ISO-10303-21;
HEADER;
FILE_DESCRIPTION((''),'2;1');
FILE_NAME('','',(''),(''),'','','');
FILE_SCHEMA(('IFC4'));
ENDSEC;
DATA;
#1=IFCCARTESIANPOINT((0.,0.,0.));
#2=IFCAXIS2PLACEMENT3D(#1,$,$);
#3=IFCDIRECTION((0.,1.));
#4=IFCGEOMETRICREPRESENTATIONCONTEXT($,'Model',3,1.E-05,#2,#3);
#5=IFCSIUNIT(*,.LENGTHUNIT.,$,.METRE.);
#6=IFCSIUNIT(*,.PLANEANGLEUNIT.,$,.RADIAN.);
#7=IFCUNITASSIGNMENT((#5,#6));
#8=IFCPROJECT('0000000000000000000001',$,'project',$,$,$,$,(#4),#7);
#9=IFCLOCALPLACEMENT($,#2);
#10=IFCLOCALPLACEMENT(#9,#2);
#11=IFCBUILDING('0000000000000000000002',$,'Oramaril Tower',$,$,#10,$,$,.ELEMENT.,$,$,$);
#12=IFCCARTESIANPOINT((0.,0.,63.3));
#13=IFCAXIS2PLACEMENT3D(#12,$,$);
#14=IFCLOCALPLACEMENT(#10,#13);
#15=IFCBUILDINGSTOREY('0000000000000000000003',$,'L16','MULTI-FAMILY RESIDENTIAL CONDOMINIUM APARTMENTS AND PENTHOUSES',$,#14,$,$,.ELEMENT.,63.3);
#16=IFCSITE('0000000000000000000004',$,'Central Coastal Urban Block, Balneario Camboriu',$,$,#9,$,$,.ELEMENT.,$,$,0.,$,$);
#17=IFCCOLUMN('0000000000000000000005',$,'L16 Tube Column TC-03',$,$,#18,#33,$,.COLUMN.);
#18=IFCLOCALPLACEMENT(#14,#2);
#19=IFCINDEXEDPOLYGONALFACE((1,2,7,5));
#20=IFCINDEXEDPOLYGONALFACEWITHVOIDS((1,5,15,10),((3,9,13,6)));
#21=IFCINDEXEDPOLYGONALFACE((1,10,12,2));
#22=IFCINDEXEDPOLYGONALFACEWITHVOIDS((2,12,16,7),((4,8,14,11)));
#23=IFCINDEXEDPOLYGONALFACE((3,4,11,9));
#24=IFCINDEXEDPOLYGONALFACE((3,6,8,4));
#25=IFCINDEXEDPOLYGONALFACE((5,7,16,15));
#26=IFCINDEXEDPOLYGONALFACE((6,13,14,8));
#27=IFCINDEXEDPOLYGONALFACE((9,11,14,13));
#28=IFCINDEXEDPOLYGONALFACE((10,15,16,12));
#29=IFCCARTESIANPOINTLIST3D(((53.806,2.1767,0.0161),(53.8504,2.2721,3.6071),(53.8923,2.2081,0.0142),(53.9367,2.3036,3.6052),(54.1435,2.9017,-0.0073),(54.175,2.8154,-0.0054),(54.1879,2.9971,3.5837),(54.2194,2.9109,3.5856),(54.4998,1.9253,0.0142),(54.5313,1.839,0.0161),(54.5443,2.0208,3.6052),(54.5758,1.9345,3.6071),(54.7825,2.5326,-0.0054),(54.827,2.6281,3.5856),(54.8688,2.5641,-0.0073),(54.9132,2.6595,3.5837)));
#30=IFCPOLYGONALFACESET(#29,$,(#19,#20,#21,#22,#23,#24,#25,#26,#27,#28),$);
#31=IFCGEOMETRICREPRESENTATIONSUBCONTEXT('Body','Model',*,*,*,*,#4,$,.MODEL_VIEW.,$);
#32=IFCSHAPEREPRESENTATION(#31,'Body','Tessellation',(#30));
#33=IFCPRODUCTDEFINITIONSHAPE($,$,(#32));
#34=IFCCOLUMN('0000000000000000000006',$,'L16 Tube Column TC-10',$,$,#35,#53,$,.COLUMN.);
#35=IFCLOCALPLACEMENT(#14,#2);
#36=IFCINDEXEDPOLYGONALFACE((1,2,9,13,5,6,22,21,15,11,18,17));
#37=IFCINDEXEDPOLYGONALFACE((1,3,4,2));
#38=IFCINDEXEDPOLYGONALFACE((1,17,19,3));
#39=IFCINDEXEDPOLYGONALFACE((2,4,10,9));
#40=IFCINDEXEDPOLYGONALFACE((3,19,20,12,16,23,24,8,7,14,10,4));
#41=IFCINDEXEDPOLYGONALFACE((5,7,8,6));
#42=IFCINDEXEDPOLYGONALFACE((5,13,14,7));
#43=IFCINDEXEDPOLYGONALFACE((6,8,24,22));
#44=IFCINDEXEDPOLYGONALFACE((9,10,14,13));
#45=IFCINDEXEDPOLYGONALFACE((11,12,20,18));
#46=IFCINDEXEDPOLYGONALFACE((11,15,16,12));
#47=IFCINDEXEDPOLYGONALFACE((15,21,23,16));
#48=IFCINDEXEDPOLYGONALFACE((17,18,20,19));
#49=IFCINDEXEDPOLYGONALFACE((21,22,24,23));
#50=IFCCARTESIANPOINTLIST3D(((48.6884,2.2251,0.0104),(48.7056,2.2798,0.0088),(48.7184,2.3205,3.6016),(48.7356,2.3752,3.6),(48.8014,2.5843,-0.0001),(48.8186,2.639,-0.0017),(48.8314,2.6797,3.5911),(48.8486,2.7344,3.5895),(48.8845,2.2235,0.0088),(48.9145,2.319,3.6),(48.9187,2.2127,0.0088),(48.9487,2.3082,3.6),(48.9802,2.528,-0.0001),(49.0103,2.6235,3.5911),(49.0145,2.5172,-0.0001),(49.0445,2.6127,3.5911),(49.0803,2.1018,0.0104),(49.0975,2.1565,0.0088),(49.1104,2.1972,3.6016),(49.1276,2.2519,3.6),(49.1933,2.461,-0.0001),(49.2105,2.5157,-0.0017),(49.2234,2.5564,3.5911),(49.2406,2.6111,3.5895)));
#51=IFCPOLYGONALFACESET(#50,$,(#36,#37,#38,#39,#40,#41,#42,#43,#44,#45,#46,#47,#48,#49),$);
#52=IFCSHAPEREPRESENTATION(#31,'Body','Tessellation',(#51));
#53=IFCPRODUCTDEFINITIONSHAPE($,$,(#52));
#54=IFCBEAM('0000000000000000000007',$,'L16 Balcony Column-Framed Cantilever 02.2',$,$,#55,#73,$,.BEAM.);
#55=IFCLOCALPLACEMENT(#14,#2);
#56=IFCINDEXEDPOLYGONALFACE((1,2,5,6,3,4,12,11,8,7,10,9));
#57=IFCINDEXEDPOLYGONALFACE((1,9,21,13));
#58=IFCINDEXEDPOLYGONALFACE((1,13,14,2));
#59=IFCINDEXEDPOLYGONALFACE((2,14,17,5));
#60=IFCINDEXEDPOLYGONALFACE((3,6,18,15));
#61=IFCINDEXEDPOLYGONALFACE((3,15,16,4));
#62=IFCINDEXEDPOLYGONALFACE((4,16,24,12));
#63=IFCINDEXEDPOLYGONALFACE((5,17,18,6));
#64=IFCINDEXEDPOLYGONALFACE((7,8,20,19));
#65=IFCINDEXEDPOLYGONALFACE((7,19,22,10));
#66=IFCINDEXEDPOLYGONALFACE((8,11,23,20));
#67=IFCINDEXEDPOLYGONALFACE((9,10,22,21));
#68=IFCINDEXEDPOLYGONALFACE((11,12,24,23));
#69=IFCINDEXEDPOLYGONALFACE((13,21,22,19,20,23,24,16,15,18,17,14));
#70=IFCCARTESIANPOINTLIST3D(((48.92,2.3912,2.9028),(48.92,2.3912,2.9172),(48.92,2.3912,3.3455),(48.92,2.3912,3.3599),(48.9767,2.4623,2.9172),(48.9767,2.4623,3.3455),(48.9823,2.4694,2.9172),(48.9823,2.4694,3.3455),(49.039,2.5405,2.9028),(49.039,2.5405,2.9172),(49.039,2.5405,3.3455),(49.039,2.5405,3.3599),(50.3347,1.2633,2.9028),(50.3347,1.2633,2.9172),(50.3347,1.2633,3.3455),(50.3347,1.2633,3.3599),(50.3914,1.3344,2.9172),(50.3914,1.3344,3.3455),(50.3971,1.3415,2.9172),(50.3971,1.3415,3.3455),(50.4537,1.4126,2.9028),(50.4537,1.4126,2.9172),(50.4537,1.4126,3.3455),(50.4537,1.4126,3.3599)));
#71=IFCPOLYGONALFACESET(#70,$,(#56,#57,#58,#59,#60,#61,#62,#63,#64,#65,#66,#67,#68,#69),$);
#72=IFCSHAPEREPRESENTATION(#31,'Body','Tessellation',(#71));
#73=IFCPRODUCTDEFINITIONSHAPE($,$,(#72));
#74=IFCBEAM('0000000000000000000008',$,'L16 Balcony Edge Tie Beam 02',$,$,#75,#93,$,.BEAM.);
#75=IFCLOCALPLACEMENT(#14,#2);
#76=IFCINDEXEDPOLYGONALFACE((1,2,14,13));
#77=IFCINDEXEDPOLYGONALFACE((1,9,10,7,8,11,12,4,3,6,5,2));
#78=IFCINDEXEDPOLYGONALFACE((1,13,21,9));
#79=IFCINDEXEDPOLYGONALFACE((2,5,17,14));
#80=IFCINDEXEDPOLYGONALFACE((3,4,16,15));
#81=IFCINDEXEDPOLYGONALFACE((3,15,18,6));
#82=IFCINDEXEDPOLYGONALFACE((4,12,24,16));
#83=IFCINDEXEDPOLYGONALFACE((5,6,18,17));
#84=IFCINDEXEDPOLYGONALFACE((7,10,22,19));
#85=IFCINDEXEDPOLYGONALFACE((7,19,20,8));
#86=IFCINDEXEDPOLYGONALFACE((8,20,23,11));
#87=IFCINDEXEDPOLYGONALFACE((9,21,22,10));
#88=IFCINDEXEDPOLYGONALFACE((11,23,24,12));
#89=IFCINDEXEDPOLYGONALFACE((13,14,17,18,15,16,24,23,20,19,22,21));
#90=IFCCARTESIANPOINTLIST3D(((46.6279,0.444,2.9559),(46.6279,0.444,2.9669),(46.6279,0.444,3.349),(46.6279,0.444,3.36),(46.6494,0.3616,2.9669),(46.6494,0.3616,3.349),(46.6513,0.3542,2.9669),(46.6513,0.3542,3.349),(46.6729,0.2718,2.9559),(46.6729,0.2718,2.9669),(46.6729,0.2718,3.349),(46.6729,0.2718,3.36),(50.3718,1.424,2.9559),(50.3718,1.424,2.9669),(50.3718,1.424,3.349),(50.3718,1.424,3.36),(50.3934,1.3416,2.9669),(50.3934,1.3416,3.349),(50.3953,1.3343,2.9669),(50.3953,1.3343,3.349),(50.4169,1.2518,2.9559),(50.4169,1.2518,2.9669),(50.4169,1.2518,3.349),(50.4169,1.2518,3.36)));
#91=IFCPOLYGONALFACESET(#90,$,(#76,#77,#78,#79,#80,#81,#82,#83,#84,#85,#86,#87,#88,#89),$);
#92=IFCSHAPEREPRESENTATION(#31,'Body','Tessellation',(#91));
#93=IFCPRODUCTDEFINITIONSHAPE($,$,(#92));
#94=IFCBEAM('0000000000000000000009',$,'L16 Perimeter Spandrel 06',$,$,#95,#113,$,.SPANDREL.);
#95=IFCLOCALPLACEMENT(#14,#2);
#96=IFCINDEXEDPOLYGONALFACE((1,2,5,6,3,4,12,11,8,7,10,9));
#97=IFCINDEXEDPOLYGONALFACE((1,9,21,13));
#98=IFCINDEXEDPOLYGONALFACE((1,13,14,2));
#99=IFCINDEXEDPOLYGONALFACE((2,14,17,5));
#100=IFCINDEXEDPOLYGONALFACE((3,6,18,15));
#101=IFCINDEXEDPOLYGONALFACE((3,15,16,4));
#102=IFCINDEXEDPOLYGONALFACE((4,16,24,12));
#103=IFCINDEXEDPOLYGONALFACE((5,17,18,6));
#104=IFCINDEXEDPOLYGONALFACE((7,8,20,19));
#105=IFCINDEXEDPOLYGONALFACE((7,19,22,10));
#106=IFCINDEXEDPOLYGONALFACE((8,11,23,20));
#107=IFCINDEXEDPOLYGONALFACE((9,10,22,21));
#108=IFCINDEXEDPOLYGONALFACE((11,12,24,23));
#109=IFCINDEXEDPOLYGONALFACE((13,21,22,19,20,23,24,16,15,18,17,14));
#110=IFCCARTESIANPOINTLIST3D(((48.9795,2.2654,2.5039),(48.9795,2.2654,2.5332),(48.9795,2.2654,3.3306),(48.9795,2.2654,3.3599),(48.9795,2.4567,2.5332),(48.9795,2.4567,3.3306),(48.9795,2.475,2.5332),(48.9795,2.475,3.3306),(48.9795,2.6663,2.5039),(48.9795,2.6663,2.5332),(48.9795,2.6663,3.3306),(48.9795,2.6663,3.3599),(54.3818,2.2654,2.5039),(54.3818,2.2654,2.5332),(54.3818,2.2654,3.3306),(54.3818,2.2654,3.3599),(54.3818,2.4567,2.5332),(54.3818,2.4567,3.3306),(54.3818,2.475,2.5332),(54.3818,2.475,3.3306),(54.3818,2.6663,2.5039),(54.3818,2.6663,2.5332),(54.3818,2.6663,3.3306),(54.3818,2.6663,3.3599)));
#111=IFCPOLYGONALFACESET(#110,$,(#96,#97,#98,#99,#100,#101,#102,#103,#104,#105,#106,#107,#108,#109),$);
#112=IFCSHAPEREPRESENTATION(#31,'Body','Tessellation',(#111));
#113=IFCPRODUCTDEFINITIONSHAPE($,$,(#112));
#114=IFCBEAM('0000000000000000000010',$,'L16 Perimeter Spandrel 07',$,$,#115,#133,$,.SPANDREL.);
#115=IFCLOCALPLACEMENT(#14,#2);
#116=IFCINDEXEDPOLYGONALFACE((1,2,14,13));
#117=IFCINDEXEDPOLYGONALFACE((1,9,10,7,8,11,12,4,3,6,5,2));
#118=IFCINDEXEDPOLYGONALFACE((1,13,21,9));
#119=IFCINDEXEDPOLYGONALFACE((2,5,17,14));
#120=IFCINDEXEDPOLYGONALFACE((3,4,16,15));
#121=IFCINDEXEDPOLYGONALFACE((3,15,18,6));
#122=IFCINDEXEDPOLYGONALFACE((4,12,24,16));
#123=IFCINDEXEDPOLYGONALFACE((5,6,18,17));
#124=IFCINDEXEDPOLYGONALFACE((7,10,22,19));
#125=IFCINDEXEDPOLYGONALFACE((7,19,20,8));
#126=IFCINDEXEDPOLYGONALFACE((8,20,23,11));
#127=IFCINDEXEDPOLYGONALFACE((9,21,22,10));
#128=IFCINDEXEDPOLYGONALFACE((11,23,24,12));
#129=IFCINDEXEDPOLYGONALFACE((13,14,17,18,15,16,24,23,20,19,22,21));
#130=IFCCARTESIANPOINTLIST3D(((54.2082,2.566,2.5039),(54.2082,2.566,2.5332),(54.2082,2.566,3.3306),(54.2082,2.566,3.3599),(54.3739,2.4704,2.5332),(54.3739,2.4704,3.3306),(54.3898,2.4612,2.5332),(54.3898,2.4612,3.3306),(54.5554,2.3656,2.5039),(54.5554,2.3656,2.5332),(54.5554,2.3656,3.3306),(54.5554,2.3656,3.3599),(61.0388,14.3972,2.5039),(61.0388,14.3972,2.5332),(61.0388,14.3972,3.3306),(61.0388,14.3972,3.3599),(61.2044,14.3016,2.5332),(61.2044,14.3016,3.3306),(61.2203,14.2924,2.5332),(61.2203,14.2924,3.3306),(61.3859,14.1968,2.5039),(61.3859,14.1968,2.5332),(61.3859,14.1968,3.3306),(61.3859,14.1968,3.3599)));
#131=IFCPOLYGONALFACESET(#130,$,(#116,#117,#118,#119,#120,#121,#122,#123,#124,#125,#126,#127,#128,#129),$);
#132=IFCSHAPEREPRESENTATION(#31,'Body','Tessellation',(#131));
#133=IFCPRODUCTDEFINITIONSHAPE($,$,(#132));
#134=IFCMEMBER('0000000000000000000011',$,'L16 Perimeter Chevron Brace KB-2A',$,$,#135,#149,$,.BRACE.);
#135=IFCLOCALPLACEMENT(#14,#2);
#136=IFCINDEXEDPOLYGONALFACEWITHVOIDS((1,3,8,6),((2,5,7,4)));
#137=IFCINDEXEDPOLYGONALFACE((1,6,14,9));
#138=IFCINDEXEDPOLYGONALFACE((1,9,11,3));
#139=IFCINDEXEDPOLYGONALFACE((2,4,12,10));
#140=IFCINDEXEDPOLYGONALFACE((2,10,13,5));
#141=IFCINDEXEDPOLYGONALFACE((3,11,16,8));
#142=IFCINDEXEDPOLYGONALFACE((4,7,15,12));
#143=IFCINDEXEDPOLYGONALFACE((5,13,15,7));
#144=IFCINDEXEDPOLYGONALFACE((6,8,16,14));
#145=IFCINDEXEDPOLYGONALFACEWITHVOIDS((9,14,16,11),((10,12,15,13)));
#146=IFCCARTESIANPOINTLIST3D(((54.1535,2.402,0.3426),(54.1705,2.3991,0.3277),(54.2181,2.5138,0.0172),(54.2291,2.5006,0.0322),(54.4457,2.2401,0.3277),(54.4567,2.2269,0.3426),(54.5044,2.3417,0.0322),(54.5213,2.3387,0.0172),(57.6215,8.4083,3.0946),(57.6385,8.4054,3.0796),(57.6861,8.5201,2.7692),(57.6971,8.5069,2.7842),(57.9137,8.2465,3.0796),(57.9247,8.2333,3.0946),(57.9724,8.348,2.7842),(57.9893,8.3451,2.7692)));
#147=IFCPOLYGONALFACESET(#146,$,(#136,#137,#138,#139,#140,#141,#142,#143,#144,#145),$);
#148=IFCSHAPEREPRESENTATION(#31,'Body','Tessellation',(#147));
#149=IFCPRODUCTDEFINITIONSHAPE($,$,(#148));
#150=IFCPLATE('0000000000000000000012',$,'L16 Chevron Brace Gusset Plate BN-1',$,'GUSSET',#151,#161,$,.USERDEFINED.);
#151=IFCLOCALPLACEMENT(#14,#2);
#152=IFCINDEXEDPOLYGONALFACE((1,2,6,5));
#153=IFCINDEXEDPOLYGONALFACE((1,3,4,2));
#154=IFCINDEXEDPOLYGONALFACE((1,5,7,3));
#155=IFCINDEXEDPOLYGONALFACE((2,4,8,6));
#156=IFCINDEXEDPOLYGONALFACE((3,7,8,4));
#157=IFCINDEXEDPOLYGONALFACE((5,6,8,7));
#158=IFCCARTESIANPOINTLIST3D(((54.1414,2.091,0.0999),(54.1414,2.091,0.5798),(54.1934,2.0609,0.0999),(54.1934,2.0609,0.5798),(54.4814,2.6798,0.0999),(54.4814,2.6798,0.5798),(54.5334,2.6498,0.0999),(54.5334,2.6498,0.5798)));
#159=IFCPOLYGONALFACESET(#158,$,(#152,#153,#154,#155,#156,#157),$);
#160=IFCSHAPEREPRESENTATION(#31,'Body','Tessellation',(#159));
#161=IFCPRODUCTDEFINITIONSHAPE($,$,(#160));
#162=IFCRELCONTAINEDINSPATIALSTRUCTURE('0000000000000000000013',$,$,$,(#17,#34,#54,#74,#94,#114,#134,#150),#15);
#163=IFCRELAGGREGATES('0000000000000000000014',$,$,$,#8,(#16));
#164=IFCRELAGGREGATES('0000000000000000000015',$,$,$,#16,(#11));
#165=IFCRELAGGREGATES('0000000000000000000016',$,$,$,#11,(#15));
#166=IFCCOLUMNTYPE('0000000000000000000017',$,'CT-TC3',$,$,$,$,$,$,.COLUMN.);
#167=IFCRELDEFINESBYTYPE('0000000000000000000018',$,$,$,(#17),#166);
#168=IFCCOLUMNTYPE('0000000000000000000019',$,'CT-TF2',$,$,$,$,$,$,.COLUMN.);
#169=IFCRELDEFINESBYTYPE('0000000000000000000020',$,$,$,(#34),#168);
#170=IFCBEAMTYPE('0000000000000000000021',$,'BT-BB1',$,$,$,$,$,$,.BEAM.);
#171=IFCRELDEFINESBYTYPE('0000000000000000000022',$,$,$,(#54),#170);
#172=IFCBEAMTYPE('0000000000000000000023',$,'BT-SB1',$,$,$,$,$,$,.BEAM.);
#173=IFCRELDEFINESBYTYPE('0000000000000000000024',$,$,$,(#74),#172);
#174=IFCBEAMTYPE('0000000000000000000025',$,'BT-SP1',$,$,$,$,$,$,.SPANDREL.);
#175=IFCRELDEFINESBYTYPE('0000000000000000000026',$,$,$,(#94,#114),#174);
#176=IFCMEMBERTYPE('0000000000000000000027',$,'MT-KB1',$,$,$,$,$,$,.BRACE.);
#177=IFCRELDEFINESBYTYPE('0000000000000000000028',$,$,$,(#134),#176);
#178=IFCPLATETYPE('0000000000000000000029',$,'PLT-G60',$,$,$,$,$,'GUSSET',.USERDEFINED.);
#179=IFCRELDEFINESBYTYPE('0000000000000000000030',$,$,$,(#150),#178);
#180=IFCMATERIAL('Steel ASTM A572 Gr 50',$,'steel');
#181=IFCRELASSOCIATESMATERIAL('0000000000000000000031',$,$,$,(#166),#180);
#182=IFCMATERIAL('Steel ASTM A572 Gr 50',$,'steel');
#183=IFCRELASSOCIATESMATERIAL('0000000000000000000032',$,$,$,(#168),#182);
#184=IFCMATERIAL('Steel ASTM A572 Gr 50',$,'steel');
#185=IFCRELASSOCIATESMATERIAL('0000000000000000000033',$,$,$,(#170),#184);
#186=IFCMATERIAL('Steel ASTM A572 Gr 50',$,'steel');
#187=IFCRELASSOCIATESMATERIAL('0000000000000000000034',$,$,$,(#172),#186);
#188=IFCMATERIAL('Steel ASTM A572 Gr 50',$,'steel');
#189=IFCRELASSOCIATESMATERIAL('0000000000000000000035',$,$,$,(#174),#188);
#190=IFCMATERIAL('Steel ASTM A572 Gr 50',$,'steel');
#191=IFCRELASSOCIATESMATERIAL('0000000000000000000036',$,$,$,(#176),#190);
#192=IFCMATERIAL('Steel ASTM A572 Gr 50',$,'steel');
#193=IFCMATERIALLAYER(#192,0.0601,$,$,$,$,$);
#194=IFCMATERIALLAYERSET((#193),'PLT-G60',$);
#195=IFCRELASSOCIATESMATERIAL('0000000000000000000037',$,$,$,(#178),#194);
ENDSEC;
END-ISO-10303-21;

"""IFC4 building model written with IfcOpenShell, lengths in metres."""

from ifc_helpers import new_model, si_unit, direction, frame, origin, origin_2d, place, context, subcontext, project, spatial, rectangle, hollow_rectangle, i_section, extrude, material, layer, layer_set, material_profile, profile_set, type_object, element, save


model = new_model("IFC4")

# Units and contexts
model_context = context("Model", 3, precision=1e-05, world=origin(), true_north=direction((0.0, 1.0)))
body_context = subcontext(model_context, "Body", "Model", "MODEL_VIEW")
ifc_project = project(units=[si_unit("LENGTHUNIT", "METRE"), si_unit("PLANEANGLEUNIT", "RADIAN")], contexts=[model_context])

# Site, building, storey
site_placement = place(None, origin())
site = spatial("IfcSite", under=ifc_project, at=site_placement, Name="Central Coastal Urban Block, Balneario Camboriu", CompositionType="ELEMENT", RefElevation=0.0)
building_placement = place(site_placement, origin())
building = spatial("IfcBuilding", under=site, at=building_placement, Name="Oramaril Tower", CompositionType="ELEMENT")
storey_placement = place(building_placement, frame((0.0, 0.0, 63.3)))
storey = spatial("IfcBuildingStorey", under=building, at=storey_placement, Name="L16", Description="MULTI-FAMILY RESIDENTIAL CONDOMINIUM APARTMENTS AND PENTHOUSES", CompositionType="ELEMENT", Elevation=63.3)

# Columns
ifc_material_1 = material(Name="Steel ASTM A572 Gr 50", Category="steel")
ifc_material_profile_1 = material_profile(ifc_material_1, hollow_rectangle(XDim=0.8, YDim=0.8, WallThickness=0.0649, at=origin_2d()), Name="BOX800X800X65")
ifc_profile_set_1 = profile_set([ifc_material_profile_1], Name="Steel ASTM A572 Gr 50")
column_type_1 = type_object("IfcColumnType", Name="CT-TC3", PredefinedType="COLUMN", material=ifc_profile_set_1)
column_1_placement = place(storey_placement, frame((54.3374, 2.3704, 0.0044), z_axis=(0.012368, 0.026571, 0.99957), x_axis=(-0.906597, 0.421997, 0.0)))
element("IfcColumn", 1, at=column_1_placement, inside=storey, type_object=column_type_1, Name="L16 Tube Column TC-03", PredefinedType="COLUMN", context=body_context, shape_type="SweptSolid", body=[
    extrude(hollow_rectangle(XDim=0.8, YDim=0.8, WallThickness=0.0649, at=origin_2d()), origin(), (0.0, 0.0, 1.0), 3.5925),
])
ifc_material_2 = material(Name="Steel ASTM A572 Gr 50", Category="steel")
ifc_material_profile_2 = material_profile(ifc_material_2, i_section(OverallWidth=0.4109, OverallDepth=0.4341, WebThickness=0.0359, FlangeThickness=0.0574, at=origin_2d()), Name="W14X311")
ifc_profile_set_2 = profile_set([ifc_material_profile_2], Name="Steel ASTM A572 Gr 50")
column_type_2 = type_object("IfcColumnType", Name="CT-TF2", PredefinedType="COLUMN", material=ifc_profile_set_2)
column_2_placement = place(storey_placement, frame((48.9495, 2.3704, 0.0044), z_axis=(0.008359, 0.026572, 0.999612), x_axis=(-0.953914, 0.30008, 0.0)))
element("IfcColumn", 2, at=column_2_placement, inside=storey, type_object=column_type_2, Name="L16 Tube Column TC-10", PredefinedType="COLUMN", context=body_context, shape_type="SweptSolid", body=[
    extrude(i_section(OverallWidth=0.4109, OverallDepth=0.4341, WebThickness=0.0359, FlangeThickness=0.0574, at=origin_2d()), origin(), (0.0, 0.0, 1.0), 3.5925),
])

# Beams
ifc_material_3 = material(Name="Steel ASTM A572 Gr 50", Category="steel")
ifc_material_profile_3 = material_profile(ifc_material_3, i_section(OverallWidth=0.1909, OverallDepth=0.457, WebThickness=0.009, FlangeThickness=0.0144, at=origin_2d()), Name="W18X50")
ifc_profile_set_3 = profile_set([ifc_material_profile_3], Name="Steel ASTM A572 Gr 50")
beam_type_1 = type_object("IfcBeamType", Name="BT-BB1", PredefinedType="BEAM", material=ifc_profile_set_3)
beam_1_placement = place(storey_placement, frame((48.9795, 2.4658, 3.1313), z_axis=(0.781921, -0.623378, 0.0), x_axis=(0.623378, 0.781921, 0.0)))
element("IfcBeam", 3, at=beam_1_placement, inside=storey, type_object=beam_type_1, Name="L16 Balcony Column-Framed Cantilever 02.2", PredefinedType="BEAM", context=body_context, shape_type="SweptSolid", body=[
    extrude(i_section(OverallWidth=0.1909, OverallDepth=0.457, WebThickness=0.009, FlangeThickness=0.0144, at=origin_2d()), origin(), (0.0, 0.0, 1.0), 1.8093),
])
ifc_material_4 = material(Name="Steel ASTM A572 Gr 50", Category="steel")
ifc_material_profile_4 = material_profile(ifc_material_4, i_section(OverallWidth=0.178, OverallDepth=0.4041, WebThickness=0.0076, FlangeThickness=0.011, at=origin_2d()), Name="W16X36")
ifc_profile_set_4 = profile_set([ifc_material_profile_4], Name="Steel ASTM A572 Gr 50")
beam_type_2 = type_object("IfcBeamType", Name="BT-SB1", PredefinedType="BEAM", material=ifc_profile_set_4)
beam_2_placement = place(storey_placement, frame((46.6504, 0.3579, 3.158), z_axis=(0.967408, 0.253223, 0.0), x_axis=(-0.253223, 0.967408, 0.0)))
element("IfcBeam", 4, at=beam_2_placement, inside=storey, type_object=beam_type_2, Name="L16 Balcony Edge Tie Beam 02", PredefinedType="BEAM", context=body_context, shape_type="SweptSolid", body=[
    extrude(i_section(OverallWidth=0.178, OverallDepth=0.4041, WebThickness=0.0076, FlangeThickness=0.011, at=origin_2d()), origin(), (0.0, 0.0, 1.0), 3.8701),
])
ifc_material_5 = material(Name="Steel ASTM A572 Gr 50", Category="steel")
ifc_material_profile_5 = material_profile(ifc_material_5, i_section(OverallWidth=0.4009, OverallDepth=0.856, WebThickness=0.0183, FlangeThickness=0.0293, at=origin_2d()), Name="W33X201")
ifc_profile_set_5 = profile_set([ifc_material_profile_5], Name="Steel ASTM A572 Gr 50")
beam_type_3 = type_object("IfcBeamType", Name="BT-SP1", PredefinedType="SPANDREL", material=ifc_profile_set_5)
beam_3_placement = place(storey_placement, frame((48.9795, 2.4658, 2.9319), z_axis=(1.0, 0.0, 0.0), x_axis=(0.0, 1.0, 0.0)))
element("IfcBeam", 5, at=beam_3_placement, inside=storey, type_object=beam_type_3, Name="L16 Perimeter Spandrel 06", PredefinedType="SPANDREL", context=body_context, shape_type="SweptSolid", body=[
    extrude(i_section(OverallWidth=0.4009, OverallDepth=0.856, WebThickness=0.0183, FlangeThickness=0.0293, at=origin_2d()), origin(), (0.0, 0.0, 1.0), 5.4023),
])
beam_4_placement = place(storey_placement, frame((54.3818, 2.4658, 2.9319), z_axis=(0.499987, 0.866033, 0.0), x_axis=(-0.866033, 0.499987, 0.0)))
element("IfcBeam", 6, at=beam_4_placement, inside=storey, type_object=beam_type_3, Name="L16 Perimeter Spandrel 07", PredefinedType="SPANDREL", context=body_context, shape_type="SweptSolid", body=[
    extrude(i_section(OverallWidth=0.4009, OverallDepth=0.856, WebThickness=0.0183, FlangeThickness=0.0293, at=origin_2d()), origin(), (0.0, 0.0, 1.0), 13.6614),
])

# Member
ifc_material_6 = material(Name="Steel ASTM A572 Gr 50", Category="steel")
ifc_material_profile_6 = material_profile(ifc_material_6, hollow_rectangle(XDim=0.3501, YDim=0.3501, WallThickness=0.0161, at=origin_2d()), Name="HSS350X350X16")
ifc_profile_set_6 = profile_set([ifc_material_profile_6], Name="Steel ASTM A572 Gr 50")
member_type = type_object("IfcMemberType", Name="MT-KB1", PredefinedType="BRACE", material=ifc_profile_set_6)
member_placement = place(storey_placement, frame((54.3374, 2.3704, 0.1799), z_axis=(0.464777, 0.80496, 0.368812), x_axis=(-0.86601, 0.500027, 0.0)))
element("IfcMember", 7, at=member_placement, inside=storey, type_object=member_type, Name="L16 Perimeter Chevron Brace KB-2A", PredefinedType="BRACE", context=body_context, shape_type="SweptSolid", body=[
    extrude(hollow_rectangle(XDim=0.3501, YDim=0.3501, WallThickness=0.0161, at=origin_2d()), origin(), (0.0, 0.0, 1.0), 7.4617),
])

# Plate
ifc_material_7 = material(Name="Steel ASTM A572 Gr 50", Category="steel")
ifc_layer_1 = layer(ifc_material_7, 0.0601)
ifc_layer_set_1 = layer_set([ifc_layer_1], Name="PLT-G60")
plate_type = type_object("IfcPlateType", Name="PLT-G60", ElementType="GUSSET", PredefinedType="USERDEFINED", material=ifc_layer_set_1)
plate_placement = place(storey_placement, frame((54.3374, 2.3704, 0.0999), z_axis=(0.0, 0.0, 1.0), x_axis=(0.500003, 0.866024, 0.0)))
element("IfcPlate", 8, at=plate_placement, inside=storey, type_object=plate_type, Name="L16 Chevron Brace Gusset Plate BN-1", ObjectType="GUSSET", PredefinedType="USERDEFINED", context=body_context, shape_type="SweptSolid", body=[
    extrude(rectangle(XDim=0.6799, YDim=0.0601, at=origin_2d()), origin(), (0.0, 0.0, 1.0), 0.48),
])

save(model, "model.ifc")
